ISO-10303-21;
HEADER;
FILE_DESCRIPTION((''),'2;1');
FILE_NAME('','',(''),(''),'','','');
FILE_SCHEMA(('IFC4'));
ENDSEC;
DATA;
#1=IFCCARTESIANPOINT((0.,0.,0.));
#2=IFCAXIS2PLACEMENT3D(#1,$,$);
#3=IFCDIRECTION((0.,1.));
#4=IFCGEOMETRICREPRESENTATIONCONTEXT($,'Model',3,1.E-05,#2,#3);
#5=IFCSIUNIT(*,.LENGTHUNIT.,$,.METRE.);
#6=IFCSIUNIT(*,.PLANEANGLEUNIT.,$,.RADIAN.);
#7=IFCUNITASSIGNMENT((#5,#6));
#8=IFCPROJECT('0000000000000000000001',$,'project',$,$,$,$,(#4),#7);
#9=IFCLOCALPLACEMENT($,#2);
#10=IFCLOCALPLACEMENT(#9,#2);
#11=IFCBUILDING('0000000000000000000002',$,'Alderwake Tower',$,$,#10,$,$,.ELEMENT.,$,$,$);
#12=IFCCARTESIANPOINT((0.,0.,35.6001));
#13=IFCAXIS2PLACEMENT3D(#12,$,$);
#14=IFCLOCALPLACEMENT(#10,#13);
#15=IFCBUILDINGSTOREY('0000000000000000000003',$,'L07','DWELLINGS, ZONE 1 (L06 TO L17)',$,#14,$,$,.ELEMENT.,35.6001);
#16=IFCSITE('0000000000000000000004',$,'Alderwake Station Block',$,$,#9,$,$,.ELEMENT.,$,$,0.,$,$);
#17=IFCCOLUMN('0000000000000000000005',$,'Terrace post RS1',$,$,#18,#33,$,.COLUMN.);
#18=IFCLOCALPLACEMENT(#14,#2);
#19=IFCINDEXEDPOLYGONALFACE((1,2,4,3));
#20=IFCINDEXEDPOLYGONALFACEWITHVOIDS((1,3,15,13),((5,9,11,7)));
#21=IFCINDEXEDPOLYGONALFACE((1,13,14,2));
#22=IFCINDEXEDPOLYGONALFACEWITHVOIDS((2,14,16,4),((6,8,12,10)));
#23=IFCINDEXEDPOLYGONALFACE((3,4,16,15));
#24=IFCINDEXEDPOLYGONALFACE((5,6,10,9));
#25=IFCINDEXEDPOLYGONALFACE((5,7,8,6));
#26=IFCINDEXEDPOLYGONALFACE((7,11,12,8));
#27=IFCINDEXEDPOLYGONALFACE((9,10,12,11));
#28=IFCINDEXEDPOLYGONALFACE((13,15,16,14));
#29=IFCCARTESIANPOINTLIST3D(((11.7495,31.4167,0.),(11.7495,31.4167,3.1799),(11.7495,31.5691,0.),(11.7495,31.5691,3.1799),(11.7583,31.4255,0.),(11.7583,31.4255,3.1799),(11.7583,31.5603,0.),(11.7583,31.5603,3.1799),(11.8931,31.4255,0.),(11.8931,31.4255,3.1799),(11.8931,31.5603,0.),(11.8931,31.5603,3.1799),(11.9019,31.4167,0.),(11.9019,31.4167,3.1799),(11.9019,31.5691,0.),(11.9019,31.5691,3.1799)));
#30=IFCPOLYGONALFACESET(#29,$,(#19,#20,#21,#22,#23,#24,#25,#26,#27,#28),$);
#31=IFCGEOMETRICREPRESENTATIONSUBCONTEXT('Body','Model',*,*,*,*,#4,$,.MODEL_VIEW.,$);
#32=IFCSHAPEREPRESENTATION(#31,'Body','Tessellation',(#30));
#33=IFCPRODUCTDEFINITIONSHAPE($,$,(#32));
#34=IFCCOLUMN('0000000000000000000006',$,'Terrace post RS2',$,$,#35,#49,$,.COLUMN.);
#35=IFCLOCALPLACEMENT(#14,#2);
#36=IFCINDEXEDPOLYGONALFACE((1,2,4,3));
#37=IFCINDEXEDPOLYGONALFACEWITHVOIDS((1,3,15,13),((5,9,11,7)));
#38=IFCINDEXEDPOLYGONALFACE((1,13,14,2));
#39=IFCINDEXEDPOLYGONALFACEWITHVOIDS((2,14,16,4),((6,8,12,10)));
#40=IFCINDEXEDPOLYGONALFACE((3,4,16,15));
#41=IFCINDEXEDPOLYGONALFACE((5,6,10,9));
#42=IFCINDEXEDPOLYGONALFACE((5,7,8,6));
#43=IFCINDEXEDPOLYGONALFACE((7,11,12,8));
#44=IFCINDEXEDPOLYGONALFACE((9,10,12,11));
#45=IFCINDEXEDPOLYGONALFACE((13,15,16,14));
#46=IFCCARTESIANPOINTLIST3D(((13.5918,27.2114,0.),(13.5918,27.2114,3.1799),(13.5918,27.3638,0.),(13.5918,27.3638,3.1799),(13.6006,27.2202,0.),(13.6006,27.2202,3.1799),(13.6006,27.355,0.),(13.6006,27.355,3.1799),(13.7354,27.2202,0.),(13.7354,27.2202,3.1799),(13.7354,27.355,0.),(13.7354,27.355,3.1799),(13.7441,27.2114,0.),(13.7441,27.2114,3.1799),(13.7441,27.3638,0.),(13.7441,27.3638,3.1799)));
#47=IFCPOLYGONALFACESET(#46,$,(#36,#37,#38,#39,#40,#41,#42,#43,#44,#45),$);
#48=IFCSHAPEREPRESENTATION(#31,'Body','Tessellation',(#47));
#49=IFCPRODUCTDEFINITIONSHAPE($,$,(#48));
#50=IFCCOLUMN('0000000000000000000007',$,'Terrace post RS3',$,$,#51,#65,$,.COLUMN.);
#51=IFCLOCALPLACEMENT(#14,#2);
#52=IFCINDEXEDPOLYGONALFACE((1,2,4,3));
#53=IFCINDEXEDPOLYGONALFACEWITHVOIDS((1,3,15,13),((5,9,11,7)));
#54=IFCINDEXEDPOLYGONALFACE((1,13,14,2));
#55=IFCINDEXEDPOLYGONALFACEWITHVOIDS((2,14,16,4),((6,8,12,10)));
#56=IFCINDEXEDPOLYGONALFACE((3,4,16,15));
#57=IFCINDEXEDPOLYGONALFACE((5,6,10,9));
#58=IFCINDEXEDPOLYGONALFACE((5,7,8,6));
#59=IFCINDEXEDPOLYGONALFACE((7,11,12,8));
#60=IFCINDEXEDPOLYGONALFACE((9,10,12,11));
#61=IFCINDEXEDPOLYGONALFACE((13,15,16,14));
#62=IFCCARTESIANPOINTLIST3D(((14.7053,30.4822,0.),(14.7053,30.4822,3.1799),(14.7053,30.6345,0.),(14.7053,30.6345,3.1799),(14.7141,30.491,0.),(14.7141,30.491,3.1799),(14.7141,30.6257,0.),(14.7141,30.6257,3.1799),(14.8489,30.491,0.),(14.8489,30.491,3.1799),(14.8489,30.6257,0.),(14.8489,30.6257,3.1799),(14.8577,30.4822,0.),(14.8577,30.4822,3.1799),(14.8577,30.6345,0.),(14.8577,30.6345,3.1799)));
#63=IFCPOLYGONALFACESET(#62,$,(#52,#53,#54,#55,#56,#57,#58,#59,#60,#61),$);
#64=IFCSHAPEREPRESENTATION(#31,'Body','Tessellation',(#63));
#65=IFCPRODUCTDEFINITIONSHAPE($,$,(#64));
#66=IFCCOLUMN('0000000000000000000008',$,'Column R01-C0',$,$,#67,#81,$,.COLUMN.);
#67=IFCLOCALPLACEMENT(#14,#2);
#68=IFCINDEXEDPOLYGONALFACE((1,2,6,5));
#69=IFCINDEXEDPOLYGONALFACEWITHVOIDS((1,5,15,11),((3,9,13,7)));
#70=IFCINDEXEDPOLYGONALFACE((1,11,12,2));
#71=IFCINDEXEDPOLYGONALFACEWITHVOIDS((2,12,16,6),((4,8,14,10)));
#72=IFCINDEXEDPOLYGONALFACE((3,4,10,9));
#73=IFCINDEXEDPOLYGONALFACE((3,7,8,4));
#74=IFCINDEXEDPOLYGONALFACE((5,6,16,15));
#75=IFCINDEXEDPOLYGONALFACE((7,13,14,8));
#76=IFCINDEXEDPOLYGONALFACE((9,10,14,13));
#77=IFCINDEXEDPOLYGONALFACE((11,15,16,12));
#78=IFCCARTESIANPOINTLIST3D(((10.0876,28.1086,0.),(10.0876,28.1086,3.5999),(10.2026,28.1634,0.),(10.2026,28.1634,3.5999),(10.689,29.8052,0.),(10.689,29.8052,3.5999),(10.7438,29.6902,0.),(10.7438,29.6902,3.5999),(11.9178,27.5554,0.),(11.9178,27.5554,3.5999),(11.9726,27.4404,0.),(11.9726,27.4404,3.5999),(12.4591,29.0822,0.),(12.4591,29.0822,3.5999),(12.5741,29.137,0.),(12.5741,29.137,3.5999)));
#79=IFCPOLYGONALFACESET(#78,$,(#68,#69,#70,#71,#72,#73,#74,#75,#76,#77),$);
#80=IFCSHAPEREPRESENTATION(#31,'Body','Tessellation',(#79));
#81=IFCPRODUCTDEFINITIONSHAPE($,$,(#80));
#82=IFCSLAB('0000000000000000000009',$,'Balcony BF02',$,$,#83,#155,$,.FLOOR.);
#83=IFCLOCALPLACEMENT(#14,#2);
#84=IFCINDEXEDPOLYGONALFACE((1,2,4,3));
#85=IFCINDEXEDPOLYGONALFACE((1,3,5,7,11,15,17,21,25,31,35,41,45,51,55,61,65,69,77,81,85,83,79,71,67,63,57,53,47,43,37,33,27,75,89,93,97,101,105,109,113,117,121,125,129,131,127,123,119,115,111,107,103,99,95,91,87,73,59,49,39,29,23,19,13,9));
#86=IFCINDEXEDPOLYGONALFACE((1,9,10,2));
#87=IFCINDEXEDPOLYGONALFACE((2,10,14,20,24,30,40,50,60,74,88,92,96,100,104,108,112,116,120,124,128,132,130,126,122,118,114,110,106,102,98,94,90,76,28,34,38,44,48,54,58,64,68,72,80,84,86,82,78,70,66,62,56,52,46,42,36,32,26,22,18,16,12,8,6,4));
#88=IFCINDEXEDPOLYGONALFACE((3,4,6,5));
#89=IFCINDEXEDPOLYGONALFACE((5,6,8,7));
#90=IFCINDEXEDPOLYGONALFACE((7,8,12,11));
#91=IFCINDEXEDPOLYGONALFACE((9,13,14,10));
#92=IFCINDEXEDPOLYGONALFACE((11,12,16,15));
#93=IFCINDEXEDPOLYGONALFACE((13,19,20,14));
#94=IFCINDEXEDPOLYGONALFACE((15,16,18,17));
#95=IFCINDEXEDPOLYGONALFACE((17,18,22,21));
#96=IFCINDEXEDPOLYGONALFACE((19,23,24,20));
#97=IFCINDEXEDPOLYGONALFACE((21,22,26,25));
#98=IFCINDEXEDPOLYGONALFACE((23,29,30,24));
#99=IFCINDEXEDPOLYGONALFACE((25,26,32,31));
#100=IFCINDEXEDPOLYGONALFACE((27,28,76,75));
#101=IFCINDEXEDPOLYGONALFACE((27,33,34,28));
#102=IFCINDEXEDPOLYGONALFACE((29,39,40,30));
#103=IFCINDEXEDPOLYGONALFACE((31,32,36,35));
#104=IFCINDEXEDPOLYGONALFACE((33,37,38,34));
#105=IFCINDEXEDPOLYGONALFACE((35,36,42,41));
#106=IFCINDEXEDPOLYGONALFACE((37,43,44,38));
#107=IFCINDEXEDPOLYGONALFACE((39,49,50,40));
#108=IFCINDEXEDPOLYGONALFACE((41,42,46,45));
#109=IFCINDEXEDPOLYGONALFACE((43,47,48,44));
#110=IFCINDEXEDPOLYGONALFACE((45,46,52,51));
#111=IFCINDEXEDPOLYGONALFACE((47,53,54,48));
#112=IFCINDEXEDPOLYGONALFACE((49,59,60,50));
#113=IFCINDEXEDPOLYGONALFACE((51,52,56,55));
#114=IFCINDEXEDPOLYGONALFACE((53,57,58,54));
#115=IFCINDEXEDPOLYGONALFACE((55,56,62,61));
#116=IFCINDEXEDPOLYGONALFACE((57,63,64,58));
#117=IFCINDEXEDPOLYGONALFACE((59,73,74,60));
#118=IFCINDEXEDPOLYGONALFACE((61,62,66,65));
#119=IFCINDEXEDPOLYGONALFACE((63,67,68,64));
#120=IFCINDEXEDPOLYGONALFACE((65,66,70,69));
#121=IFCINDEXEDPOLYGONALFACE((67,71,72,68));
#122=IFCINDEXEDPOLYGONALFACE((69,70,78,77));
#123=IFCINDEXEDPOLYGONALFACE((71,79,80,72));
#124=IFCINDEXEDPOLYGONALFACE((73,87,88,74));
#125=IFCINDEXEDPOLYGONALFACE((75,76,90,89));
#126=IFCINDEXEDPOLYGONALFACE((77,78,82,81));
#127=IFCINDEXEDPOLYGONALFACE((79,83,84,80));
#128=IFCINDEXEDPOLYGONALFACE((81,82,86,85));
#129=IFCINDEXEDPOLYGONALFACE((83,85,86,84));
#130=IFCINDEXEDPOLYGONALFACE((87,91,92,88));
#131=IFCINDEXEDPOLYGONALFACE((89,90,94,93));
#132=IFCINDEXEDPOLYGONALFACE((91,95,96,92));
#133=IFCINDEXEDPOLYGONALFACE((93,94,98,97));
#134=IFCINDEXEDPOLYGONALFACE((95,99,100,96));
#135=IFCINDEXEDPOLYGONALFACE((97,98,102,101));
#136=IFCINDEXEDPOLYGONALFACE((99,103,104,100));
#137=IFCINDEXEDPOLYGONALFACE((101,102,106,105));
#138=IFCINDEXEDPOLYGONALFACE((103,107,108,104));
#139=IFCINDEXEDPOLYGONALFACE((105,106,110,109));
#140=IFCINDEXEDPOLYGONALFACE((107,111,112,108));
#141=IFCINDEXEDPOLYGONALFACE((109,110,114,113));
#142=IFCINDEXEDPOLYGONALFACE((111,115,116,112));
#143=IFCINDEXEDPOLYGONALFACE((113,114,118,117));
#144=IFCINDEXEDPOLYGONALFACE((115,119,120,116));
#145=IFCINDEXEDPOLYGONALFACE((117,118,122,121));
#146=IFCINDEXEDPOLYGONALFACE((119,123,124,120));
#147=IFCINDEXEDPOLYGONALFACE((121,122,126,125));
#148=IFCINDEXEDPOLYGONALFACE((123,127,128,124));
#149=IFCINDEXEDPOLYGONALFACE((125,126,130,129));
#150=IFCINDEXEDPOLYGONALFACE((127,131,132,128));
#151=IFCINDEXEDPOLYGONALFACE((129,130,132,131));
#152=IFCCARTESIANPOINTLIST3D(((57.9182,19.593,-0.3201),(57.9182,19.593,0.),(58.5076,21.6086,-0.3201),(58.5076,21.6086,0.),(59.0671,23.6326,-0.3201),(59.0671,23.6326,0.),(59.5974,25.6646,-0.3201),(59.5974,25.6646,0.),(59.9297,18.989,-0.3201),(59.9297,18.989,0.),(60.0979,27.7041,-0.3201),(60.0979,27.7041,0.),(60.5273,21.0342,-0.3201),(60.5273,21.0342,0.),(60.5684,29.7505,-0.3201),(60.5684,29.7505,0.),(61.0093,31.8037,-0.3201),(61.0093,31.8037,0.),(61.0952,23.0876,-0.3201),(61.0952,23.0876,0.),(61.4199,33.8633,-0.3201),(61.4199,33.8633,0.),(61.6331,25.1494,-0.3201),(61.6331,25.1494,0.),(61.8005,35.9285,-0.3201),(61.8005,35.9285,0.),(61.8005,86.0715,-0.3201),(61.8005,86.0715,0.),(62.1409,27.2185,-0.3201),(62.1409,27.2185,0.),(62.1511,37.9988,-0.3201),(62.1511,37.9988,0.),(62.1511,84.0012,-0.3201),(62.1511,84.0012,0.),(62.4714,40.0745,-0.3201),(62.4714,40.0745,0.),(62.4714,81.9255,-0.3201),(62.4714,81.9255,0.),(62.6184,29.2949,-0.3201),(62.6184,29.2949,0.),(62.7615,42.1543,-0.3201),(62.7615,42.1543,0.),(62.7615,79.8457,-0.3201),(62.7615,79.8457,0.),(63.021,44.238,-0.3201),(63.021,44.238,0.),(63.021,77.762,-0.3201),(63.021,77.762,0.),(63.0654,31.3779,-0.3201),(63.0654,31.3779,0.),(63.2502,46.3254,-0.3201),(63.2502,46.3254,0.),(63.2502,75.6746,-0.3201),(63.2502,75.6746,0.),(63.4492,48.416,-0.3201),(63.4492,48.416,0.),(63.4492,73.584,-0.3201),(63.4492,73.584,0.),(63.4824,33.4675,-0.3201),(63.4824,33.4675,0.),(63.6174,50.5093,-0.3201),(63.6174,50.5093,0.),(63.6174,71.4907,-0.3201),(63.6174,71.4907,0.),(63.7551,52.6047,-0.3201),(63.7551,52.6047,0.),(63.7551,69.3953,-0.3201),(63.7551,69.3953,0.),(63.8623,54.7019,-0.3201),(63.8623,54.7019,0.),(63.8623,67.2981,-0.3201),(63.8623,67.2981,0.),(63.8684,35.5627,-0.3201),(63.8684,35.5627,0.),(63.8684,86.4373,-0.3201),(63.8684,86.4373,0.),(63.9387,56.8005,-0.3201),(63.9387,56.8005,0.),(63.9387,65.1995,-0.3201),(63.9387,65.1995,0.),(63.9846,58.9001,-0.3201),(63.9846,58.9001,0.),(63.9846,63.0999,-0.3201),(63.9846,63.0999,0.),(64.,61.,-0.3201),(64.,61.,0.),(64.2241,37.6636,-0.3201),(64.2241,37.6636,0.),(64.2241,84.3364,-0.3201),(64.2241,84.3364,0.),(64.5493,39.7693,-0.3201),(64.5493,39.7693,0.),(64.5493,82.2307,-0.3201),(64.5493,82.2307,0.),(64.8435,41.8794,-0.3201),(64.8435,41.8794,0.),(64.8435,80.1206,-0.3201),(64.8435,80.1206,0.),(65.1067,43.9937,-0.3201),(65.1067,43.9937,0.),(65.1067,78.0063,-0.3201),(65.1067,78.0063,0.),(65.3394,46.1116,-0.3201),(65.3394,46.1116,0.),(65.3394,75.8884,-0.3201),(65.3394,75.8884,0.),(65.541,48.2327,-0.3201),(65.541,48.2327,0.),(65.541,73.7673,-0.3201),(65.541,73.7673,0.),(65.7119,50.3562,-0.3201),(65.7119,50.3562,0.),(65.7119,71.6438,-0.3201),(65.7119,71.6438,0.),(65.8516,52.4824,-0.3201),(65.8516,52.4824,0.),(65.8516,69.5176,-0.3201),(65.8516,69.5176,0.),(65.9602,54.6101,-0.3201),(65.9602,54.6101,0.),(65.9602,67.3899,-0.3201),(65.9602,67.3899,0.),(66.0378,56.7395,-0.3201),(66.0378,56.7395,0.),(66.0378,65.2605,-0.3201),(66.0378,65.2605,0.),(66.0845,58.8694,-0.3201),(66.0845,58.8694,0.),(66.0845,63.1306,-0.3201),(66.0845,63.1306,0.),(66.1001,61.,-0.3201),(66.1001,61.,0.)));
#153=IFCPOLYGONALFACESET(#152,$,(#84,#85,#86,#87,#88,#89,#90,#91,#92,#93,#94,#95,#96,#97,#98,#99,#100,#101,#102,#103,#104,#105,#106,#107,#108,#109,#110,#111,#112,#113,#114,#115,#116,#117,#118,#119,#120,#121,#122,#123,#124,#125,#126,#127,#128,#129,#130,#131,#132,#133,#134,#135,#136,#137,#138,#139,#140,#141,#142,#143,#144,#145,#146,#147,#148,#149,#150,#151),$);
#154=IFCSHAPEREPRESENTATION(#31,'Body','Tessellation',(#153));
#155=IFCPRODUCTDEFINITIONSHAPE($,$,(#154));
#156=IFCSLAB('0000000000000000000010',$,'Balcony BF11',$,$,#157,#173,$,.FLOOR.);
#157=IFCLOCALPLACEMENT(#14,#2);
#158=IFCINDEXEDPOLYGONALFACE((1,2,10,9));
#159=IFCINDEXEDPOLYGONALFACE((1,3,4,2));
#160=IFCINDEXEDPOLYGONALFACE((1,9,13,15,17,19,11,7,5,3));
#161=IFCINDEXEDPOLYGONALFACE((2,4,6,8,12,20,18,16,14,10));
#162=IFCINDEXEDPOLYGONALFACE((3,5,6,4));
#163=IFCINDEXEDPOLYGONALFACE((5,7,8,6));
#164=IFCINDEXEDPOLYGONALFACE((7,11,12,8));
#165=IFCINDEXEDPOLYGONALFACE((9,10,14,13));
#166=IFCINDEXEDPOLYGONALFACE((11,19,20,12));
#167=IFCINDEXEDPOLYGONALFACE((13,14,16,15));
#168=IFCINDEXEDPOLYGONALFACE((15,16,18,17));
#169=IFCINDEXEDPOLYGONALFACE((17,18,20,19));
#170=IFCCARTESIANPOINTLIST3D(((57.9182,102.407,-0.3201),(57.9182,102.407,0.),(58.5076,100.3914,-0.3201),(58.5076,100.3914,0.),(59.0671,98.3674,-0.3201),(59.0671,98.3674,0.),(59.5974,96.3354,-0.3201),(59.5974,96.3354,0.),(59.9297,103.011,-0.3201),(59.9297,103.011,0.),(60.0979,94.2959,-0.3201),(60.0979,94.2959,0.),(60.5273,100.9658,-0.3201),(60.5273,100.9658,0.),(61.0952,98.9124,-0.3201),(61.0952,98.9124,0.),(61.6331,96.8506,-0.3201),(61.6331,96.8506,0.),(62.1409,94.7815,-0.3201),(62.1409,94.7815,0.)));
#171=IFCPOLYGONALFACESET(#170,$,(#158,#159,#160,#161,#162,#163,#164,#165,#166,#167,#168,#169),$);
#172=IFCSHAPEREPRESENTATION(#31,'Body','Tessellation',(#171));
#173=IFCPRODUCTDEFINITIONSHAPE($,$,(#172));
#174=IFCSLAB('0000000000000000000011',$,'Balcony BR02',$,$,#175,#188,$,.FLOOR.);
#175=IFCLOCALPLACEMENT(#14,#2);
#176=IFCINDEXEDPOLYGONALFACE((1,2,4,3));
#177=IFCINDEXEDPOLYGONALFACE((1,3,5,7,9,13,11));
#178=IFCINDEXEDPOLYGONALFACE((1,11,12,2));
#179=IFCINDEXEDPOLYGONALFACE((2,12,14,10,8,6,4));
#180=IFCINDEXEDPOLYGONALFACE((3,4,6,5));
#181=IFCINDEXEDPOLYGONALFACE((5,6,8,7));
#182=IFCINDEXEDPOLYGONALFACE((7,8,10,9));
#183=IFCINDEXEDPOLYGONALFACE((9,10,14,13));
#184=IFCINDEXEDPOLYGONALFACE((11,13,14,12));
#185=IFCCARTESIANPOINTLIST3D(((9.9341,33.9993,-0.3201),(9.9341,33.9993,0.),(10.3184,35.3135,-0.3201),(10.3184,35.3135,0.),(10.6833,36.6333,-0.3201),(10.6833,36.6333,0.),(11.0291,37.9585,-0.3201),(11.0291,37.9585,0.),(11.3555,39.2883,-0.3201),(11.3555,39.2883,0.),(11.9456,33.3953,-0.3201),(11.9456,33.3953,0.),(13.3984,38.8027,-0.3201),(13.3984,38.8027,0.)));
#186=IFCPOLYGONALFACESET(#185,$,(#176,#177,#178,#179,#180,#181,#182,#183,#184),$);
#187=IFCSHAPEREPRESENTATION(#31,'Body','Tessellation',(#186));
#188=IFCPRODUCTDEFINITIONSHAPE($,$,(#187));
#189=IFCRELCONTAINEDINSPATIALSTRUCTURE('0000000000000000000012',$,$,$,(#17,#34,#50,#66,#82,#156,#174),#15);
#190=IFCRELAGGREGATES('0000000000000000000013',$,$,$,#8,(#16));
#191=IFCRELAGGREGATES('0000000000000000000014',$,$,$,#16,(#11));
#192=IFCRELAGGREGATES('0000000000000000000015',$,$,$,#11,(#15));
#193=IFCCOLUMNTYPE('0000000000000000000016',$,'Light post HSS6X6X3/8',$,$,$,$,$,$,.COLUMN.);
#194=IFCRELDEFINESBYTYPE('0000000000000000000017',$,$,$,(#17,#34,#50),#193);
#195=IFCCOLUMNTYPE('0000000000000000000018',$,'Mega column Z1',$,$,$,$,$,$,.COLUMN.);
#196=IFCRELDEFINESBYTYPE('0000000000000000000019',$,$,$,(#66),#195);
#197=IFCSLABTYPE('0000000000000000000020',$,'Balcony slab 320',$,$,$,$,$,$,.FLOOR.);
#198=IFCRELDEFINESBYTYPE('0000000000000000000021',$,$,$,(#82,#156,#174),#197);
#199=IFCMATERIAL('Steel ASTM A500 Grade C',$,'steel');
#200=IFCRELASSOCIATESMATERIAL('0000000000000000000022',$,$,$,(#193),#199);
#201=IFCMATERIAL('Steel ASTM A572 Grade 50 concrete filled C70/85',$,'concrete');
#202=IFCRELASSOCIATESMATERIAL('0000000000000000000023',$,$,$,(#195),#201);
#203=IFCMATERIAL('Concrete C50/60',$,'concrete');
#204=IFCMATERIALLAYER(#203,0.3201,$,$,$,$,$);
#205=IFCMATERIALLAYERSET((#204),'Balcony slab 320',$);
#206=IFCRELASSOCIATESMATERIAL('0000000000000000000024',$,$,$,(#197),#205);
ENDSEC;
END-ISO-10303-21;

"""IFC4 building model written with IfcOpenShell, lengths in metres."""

from ifc_helpers import new_model, si_unit, direction, frame, origin, origin_2d, place, context, subcontext, project, spatial, polyline, hollow_rectangle, outline, extrude, material, layer, layer_set, material_profile, profile_set, type_object, element, save


model = new_model("IFC4")

# Units and contexts
model_context = context("Model", 3, precision=1e-05, world=origin(), true_north=direction((0.0, 1.0)))
body_context = subcontext(model_context, "Body", "Model", "MODEL_VIEW")
ifc_project = project(units=[si_unit("LENGTHUNIT", "METRE"), si_unit("PLANEANGLEUNIT", "RADIAN")], contexts=[model_context])

# Site, building, storey
site_placement = place(None, origin())
site = spatial("IfcSite", under=ifc_project, at=site_placement, Name="Alderwake Station Block", CompositionType="ELEMENT", RefElevation=0.0)
building_placement = place(site_placement, origin())
building = spatial("IfcBuilding", under=site, at=building_placement, Name="Alderwake Tower", CompositionType="ELEMENT")
storey_placement = place(building_placement, frame((0.0, 0.0, 35.6001)))
storey = spatial("IfcBuildingStorey", under=building, at=storey_placement, Name="L07", Description="DWELLINGS, ZONE 1 (L06 TO L17)", CompositionType="ELEMENT", Elevation=35.6001)

# Columns
ifc_material_1 = material(Name="Steel ASTM A500 Grade C", Category="steel")
ifc_material_profile_1 = material_profile(ifc_material_1, hollow_rectangle(XDim=0.1523, YDim=0.1523, WallThickness=0.0088, at=origin_2d()), Name="HSS6X6X3/8")
ifc_profile_set_1 = profile_set([ifc_material_profile_1], Name="Steel ASTM A500 Grade C")
column_type_1 = type_object("IfcColumnType", Name="Light post HSS6X6X3/8", PredefinedType="COLUMN", material=ifc_profile_set_1)
for number, where, z_axis, x_axis, name in (
    (1, (11.8257, 31.4929, 0.0), (0.0, 0.0, 1.0), (1.0, 0.0, 0.0), "Terrace post RS1"),
    (2, (13.668, 27.2876, 0.0), (0.0, 0.0, 1.0), (1.0, 0.0, 0.0), "Terrace post RS2"),
    (3, (14.7815, 30.5583, 0.0), (0.0, 0.0, 1.0), (1.0, 0.0, 0.0), "Terrace post RS3"),
):
    element("IfcColumn", number, at=place(storey_placement, frame(where, z_axis=z_axis, x_axis=x_axis)), inside=storey, type_object=column_type_1, Name=name, PredefinedType="COLUMN", context=body_context, shape_type="SweptSolid", body=[
        extrude(hollow_rectangle(XDim=0.1523, YDim=0.1523, WallThickness=0.0088, at=origin_2d()), origin(), (0.0, 0.0, 1.0), 3.1799),
    ])
ifc_material_2 = material(Name="Steel ASTM A572 Grade 50 concrete filled C70/85", Category="concrete")
ifc_material_profile_2 = material_profile(ifc_material_2, hollow_rectangle(XDim=1.8, YDim=2.0, WallThickness=0.0901, at=origin_2d()), Name="BOX 2000X1800X90")
ifc_profile_set_2 = profile_set([ifc_material_profile_2], Name="Steel ASTM A572 Grade 50 concrete filled C70/85")
column_type_2 = type_object("IfcColumnType", Name="Mega column Z1", PredefinedType="COLUMN", material=ifc_profile_set_2)
column_placement = place(storey_placement, frame((11.3308, 28.6228, 0.0), z_axis=(0.0, 0.0, 1.0), x_axis=(0.334131, 0.942527, 0.0)))
element("IfcColumn", 4, at=column_placement, inside=storey, type_object=column_type_2, Name="Column R01-C0", PredefinedType="COLUMN", context=body_context, shape_type="SweptSolid", body=[
    extrude(hollow_rectangle(XDim=1.8, YDim=2.0, WallThickness=0.0901, at=origin_2d()), origin(), (0.0, 0.0, 1.0), 3.5999),
])

# Slabs
ifc_material_3 = material(Name="Concrete C50/60", Category="concrete")
ifc_layer_1 = layer(ifc_material_3, 0.3201)
ifc_layer_set_1 = layer_set([ifc_layer_1], Name="Balcony slab 320")
slab_type_1 = type_object("IfcSlabType", Name="Balcony slab 320", PredefinedType="FLOOR", material=ifc_layer_set_1)
slab_1_placement = place(storey_placement, frame((0.0, 0.0, -0.3201)))
element("IfcSlab", 5, at=slab_1_placement, inside=storey, type_object=slab_type_1, Name="Balcony BF02", PredefinedType="FLOOR", context=body_context, shape_type="SweptSolid", body=[
    extrude(outline(polyline([(59.9297, 18.989), (60.5273, 21.0342), (61.0952, 23.0876), (61.6331, 25.1494), (62.1409, 27.2185), (62.6184, 29.2949), (63.0654, 31.3779), (63.4824, 33.4675), (63.8684, 35.5627), (64.2241, 37.6636), (64.5493, 39.7693), (64.8435, 41.8794), (65.1067, 43.9937), (65.3394, 46.1116), (65.541, 48.2327), (65.7119, 50.3562), (65.8516, 52.4824), (65.9602, 54.6101), (66.0378, 56.7395), (66.0845, 58.8694), (66.1001, 61.0), (66.0845, 63.1306), (66.0378, 65.2605), (65.9602, 67.3899), (65.8516, 69.5176), (65.7119, 71.6438), (65.541, 73.7673), (65.3394, 75.8884), (65.1067, 78.0063), (64.8435, 80.1206), (64.5493, 82.2307), (64.2241, 84.3364), (63.8684, 86.4373), (61.8005, 86.0715), (62.1511, 84.0012), (62.4714, 81.9255), (62.7615, 79.8457), (63.021, 77.762), (63.2502, 75.6746), (63.4492, 73.584), (63.6174, 71.4907), (63.7551, 69.3953), (63.8623, 67.2981), (63.9387, 65.1995), (63.9846, 63.0999), (64.0, 61.0), (63.9846, 58.9001), (63.9387, 56.8005), (63.8623, 54.7019), (63.7551, 52.6047), (63.6174, 50.5093), (63.4492, 48.416), (63.2502, 46.3254), (63.021, 44.238), (62.7615, 42.1543), (62.4714, 40.0745), (62.1511, 37.9988), (61.8005, 35.9285), (61.4199, 33.8633), (61.0093, 31.8037), (60.5684, 29.7505), (60.0979, 27.7041), (59.5974, 25.6646), (59.0671, 23.6326), (58.5076, 21.6086), (57.9182, 19.593), (59.9297, 18.989)])), origin(), (0.0, 0.0, 1.0), 0.3201),
])
slab_2_placement = place(storey_placement, frame((0.0, 0.0, -0.3201)))
element("IfcSlab", 6, at=slab_2_placement, inside=storey, type_object=slab_type_1, Name="Balcony BF11", PredefinedType="FLOOR", context=body_context, shape_type="SweptSolid", body=[
    extrude(outline(polyline([(60.0979, 94.2959), (62.1409, 94.7815), (61.6331, 96.8506), (61.0952, 98.9124), (60.5273, 100.9658), (59.9297, 103.011), (57.9182, 102.407), (58.5076, 100.3914), (59.0671, 98.3674), (59.5974, 96.3354), (60.0979, 94.2959)])), origin(), (0.0, 0.0, 1.0), 0.3201),
])
slab_3_placement = place(storey_placement, frame((0.0, 0.0, -0.3201)))
element("IfcSlab", 7, at=slab_3_placement, inside=storey, type_object=slab_type_1, Name="Balcony BR02", PredefinedType="FLOOR", context=body_context, shape_type="SweptSolid", body=[
    extrude(outline(polyline([(9.9341, 33.9993), (11.9456, 33.3953), (13.3984, 38.8027), (11.3555, 39.2883), (11.0291, 37.9585), (10.6833, 36.6333), (10.3184, 35.3135), (9.9341, 33.9993)])), origin(), (0.0, 0.0, 1.0), 0.3201),
])

save(model, "model.ifc")
